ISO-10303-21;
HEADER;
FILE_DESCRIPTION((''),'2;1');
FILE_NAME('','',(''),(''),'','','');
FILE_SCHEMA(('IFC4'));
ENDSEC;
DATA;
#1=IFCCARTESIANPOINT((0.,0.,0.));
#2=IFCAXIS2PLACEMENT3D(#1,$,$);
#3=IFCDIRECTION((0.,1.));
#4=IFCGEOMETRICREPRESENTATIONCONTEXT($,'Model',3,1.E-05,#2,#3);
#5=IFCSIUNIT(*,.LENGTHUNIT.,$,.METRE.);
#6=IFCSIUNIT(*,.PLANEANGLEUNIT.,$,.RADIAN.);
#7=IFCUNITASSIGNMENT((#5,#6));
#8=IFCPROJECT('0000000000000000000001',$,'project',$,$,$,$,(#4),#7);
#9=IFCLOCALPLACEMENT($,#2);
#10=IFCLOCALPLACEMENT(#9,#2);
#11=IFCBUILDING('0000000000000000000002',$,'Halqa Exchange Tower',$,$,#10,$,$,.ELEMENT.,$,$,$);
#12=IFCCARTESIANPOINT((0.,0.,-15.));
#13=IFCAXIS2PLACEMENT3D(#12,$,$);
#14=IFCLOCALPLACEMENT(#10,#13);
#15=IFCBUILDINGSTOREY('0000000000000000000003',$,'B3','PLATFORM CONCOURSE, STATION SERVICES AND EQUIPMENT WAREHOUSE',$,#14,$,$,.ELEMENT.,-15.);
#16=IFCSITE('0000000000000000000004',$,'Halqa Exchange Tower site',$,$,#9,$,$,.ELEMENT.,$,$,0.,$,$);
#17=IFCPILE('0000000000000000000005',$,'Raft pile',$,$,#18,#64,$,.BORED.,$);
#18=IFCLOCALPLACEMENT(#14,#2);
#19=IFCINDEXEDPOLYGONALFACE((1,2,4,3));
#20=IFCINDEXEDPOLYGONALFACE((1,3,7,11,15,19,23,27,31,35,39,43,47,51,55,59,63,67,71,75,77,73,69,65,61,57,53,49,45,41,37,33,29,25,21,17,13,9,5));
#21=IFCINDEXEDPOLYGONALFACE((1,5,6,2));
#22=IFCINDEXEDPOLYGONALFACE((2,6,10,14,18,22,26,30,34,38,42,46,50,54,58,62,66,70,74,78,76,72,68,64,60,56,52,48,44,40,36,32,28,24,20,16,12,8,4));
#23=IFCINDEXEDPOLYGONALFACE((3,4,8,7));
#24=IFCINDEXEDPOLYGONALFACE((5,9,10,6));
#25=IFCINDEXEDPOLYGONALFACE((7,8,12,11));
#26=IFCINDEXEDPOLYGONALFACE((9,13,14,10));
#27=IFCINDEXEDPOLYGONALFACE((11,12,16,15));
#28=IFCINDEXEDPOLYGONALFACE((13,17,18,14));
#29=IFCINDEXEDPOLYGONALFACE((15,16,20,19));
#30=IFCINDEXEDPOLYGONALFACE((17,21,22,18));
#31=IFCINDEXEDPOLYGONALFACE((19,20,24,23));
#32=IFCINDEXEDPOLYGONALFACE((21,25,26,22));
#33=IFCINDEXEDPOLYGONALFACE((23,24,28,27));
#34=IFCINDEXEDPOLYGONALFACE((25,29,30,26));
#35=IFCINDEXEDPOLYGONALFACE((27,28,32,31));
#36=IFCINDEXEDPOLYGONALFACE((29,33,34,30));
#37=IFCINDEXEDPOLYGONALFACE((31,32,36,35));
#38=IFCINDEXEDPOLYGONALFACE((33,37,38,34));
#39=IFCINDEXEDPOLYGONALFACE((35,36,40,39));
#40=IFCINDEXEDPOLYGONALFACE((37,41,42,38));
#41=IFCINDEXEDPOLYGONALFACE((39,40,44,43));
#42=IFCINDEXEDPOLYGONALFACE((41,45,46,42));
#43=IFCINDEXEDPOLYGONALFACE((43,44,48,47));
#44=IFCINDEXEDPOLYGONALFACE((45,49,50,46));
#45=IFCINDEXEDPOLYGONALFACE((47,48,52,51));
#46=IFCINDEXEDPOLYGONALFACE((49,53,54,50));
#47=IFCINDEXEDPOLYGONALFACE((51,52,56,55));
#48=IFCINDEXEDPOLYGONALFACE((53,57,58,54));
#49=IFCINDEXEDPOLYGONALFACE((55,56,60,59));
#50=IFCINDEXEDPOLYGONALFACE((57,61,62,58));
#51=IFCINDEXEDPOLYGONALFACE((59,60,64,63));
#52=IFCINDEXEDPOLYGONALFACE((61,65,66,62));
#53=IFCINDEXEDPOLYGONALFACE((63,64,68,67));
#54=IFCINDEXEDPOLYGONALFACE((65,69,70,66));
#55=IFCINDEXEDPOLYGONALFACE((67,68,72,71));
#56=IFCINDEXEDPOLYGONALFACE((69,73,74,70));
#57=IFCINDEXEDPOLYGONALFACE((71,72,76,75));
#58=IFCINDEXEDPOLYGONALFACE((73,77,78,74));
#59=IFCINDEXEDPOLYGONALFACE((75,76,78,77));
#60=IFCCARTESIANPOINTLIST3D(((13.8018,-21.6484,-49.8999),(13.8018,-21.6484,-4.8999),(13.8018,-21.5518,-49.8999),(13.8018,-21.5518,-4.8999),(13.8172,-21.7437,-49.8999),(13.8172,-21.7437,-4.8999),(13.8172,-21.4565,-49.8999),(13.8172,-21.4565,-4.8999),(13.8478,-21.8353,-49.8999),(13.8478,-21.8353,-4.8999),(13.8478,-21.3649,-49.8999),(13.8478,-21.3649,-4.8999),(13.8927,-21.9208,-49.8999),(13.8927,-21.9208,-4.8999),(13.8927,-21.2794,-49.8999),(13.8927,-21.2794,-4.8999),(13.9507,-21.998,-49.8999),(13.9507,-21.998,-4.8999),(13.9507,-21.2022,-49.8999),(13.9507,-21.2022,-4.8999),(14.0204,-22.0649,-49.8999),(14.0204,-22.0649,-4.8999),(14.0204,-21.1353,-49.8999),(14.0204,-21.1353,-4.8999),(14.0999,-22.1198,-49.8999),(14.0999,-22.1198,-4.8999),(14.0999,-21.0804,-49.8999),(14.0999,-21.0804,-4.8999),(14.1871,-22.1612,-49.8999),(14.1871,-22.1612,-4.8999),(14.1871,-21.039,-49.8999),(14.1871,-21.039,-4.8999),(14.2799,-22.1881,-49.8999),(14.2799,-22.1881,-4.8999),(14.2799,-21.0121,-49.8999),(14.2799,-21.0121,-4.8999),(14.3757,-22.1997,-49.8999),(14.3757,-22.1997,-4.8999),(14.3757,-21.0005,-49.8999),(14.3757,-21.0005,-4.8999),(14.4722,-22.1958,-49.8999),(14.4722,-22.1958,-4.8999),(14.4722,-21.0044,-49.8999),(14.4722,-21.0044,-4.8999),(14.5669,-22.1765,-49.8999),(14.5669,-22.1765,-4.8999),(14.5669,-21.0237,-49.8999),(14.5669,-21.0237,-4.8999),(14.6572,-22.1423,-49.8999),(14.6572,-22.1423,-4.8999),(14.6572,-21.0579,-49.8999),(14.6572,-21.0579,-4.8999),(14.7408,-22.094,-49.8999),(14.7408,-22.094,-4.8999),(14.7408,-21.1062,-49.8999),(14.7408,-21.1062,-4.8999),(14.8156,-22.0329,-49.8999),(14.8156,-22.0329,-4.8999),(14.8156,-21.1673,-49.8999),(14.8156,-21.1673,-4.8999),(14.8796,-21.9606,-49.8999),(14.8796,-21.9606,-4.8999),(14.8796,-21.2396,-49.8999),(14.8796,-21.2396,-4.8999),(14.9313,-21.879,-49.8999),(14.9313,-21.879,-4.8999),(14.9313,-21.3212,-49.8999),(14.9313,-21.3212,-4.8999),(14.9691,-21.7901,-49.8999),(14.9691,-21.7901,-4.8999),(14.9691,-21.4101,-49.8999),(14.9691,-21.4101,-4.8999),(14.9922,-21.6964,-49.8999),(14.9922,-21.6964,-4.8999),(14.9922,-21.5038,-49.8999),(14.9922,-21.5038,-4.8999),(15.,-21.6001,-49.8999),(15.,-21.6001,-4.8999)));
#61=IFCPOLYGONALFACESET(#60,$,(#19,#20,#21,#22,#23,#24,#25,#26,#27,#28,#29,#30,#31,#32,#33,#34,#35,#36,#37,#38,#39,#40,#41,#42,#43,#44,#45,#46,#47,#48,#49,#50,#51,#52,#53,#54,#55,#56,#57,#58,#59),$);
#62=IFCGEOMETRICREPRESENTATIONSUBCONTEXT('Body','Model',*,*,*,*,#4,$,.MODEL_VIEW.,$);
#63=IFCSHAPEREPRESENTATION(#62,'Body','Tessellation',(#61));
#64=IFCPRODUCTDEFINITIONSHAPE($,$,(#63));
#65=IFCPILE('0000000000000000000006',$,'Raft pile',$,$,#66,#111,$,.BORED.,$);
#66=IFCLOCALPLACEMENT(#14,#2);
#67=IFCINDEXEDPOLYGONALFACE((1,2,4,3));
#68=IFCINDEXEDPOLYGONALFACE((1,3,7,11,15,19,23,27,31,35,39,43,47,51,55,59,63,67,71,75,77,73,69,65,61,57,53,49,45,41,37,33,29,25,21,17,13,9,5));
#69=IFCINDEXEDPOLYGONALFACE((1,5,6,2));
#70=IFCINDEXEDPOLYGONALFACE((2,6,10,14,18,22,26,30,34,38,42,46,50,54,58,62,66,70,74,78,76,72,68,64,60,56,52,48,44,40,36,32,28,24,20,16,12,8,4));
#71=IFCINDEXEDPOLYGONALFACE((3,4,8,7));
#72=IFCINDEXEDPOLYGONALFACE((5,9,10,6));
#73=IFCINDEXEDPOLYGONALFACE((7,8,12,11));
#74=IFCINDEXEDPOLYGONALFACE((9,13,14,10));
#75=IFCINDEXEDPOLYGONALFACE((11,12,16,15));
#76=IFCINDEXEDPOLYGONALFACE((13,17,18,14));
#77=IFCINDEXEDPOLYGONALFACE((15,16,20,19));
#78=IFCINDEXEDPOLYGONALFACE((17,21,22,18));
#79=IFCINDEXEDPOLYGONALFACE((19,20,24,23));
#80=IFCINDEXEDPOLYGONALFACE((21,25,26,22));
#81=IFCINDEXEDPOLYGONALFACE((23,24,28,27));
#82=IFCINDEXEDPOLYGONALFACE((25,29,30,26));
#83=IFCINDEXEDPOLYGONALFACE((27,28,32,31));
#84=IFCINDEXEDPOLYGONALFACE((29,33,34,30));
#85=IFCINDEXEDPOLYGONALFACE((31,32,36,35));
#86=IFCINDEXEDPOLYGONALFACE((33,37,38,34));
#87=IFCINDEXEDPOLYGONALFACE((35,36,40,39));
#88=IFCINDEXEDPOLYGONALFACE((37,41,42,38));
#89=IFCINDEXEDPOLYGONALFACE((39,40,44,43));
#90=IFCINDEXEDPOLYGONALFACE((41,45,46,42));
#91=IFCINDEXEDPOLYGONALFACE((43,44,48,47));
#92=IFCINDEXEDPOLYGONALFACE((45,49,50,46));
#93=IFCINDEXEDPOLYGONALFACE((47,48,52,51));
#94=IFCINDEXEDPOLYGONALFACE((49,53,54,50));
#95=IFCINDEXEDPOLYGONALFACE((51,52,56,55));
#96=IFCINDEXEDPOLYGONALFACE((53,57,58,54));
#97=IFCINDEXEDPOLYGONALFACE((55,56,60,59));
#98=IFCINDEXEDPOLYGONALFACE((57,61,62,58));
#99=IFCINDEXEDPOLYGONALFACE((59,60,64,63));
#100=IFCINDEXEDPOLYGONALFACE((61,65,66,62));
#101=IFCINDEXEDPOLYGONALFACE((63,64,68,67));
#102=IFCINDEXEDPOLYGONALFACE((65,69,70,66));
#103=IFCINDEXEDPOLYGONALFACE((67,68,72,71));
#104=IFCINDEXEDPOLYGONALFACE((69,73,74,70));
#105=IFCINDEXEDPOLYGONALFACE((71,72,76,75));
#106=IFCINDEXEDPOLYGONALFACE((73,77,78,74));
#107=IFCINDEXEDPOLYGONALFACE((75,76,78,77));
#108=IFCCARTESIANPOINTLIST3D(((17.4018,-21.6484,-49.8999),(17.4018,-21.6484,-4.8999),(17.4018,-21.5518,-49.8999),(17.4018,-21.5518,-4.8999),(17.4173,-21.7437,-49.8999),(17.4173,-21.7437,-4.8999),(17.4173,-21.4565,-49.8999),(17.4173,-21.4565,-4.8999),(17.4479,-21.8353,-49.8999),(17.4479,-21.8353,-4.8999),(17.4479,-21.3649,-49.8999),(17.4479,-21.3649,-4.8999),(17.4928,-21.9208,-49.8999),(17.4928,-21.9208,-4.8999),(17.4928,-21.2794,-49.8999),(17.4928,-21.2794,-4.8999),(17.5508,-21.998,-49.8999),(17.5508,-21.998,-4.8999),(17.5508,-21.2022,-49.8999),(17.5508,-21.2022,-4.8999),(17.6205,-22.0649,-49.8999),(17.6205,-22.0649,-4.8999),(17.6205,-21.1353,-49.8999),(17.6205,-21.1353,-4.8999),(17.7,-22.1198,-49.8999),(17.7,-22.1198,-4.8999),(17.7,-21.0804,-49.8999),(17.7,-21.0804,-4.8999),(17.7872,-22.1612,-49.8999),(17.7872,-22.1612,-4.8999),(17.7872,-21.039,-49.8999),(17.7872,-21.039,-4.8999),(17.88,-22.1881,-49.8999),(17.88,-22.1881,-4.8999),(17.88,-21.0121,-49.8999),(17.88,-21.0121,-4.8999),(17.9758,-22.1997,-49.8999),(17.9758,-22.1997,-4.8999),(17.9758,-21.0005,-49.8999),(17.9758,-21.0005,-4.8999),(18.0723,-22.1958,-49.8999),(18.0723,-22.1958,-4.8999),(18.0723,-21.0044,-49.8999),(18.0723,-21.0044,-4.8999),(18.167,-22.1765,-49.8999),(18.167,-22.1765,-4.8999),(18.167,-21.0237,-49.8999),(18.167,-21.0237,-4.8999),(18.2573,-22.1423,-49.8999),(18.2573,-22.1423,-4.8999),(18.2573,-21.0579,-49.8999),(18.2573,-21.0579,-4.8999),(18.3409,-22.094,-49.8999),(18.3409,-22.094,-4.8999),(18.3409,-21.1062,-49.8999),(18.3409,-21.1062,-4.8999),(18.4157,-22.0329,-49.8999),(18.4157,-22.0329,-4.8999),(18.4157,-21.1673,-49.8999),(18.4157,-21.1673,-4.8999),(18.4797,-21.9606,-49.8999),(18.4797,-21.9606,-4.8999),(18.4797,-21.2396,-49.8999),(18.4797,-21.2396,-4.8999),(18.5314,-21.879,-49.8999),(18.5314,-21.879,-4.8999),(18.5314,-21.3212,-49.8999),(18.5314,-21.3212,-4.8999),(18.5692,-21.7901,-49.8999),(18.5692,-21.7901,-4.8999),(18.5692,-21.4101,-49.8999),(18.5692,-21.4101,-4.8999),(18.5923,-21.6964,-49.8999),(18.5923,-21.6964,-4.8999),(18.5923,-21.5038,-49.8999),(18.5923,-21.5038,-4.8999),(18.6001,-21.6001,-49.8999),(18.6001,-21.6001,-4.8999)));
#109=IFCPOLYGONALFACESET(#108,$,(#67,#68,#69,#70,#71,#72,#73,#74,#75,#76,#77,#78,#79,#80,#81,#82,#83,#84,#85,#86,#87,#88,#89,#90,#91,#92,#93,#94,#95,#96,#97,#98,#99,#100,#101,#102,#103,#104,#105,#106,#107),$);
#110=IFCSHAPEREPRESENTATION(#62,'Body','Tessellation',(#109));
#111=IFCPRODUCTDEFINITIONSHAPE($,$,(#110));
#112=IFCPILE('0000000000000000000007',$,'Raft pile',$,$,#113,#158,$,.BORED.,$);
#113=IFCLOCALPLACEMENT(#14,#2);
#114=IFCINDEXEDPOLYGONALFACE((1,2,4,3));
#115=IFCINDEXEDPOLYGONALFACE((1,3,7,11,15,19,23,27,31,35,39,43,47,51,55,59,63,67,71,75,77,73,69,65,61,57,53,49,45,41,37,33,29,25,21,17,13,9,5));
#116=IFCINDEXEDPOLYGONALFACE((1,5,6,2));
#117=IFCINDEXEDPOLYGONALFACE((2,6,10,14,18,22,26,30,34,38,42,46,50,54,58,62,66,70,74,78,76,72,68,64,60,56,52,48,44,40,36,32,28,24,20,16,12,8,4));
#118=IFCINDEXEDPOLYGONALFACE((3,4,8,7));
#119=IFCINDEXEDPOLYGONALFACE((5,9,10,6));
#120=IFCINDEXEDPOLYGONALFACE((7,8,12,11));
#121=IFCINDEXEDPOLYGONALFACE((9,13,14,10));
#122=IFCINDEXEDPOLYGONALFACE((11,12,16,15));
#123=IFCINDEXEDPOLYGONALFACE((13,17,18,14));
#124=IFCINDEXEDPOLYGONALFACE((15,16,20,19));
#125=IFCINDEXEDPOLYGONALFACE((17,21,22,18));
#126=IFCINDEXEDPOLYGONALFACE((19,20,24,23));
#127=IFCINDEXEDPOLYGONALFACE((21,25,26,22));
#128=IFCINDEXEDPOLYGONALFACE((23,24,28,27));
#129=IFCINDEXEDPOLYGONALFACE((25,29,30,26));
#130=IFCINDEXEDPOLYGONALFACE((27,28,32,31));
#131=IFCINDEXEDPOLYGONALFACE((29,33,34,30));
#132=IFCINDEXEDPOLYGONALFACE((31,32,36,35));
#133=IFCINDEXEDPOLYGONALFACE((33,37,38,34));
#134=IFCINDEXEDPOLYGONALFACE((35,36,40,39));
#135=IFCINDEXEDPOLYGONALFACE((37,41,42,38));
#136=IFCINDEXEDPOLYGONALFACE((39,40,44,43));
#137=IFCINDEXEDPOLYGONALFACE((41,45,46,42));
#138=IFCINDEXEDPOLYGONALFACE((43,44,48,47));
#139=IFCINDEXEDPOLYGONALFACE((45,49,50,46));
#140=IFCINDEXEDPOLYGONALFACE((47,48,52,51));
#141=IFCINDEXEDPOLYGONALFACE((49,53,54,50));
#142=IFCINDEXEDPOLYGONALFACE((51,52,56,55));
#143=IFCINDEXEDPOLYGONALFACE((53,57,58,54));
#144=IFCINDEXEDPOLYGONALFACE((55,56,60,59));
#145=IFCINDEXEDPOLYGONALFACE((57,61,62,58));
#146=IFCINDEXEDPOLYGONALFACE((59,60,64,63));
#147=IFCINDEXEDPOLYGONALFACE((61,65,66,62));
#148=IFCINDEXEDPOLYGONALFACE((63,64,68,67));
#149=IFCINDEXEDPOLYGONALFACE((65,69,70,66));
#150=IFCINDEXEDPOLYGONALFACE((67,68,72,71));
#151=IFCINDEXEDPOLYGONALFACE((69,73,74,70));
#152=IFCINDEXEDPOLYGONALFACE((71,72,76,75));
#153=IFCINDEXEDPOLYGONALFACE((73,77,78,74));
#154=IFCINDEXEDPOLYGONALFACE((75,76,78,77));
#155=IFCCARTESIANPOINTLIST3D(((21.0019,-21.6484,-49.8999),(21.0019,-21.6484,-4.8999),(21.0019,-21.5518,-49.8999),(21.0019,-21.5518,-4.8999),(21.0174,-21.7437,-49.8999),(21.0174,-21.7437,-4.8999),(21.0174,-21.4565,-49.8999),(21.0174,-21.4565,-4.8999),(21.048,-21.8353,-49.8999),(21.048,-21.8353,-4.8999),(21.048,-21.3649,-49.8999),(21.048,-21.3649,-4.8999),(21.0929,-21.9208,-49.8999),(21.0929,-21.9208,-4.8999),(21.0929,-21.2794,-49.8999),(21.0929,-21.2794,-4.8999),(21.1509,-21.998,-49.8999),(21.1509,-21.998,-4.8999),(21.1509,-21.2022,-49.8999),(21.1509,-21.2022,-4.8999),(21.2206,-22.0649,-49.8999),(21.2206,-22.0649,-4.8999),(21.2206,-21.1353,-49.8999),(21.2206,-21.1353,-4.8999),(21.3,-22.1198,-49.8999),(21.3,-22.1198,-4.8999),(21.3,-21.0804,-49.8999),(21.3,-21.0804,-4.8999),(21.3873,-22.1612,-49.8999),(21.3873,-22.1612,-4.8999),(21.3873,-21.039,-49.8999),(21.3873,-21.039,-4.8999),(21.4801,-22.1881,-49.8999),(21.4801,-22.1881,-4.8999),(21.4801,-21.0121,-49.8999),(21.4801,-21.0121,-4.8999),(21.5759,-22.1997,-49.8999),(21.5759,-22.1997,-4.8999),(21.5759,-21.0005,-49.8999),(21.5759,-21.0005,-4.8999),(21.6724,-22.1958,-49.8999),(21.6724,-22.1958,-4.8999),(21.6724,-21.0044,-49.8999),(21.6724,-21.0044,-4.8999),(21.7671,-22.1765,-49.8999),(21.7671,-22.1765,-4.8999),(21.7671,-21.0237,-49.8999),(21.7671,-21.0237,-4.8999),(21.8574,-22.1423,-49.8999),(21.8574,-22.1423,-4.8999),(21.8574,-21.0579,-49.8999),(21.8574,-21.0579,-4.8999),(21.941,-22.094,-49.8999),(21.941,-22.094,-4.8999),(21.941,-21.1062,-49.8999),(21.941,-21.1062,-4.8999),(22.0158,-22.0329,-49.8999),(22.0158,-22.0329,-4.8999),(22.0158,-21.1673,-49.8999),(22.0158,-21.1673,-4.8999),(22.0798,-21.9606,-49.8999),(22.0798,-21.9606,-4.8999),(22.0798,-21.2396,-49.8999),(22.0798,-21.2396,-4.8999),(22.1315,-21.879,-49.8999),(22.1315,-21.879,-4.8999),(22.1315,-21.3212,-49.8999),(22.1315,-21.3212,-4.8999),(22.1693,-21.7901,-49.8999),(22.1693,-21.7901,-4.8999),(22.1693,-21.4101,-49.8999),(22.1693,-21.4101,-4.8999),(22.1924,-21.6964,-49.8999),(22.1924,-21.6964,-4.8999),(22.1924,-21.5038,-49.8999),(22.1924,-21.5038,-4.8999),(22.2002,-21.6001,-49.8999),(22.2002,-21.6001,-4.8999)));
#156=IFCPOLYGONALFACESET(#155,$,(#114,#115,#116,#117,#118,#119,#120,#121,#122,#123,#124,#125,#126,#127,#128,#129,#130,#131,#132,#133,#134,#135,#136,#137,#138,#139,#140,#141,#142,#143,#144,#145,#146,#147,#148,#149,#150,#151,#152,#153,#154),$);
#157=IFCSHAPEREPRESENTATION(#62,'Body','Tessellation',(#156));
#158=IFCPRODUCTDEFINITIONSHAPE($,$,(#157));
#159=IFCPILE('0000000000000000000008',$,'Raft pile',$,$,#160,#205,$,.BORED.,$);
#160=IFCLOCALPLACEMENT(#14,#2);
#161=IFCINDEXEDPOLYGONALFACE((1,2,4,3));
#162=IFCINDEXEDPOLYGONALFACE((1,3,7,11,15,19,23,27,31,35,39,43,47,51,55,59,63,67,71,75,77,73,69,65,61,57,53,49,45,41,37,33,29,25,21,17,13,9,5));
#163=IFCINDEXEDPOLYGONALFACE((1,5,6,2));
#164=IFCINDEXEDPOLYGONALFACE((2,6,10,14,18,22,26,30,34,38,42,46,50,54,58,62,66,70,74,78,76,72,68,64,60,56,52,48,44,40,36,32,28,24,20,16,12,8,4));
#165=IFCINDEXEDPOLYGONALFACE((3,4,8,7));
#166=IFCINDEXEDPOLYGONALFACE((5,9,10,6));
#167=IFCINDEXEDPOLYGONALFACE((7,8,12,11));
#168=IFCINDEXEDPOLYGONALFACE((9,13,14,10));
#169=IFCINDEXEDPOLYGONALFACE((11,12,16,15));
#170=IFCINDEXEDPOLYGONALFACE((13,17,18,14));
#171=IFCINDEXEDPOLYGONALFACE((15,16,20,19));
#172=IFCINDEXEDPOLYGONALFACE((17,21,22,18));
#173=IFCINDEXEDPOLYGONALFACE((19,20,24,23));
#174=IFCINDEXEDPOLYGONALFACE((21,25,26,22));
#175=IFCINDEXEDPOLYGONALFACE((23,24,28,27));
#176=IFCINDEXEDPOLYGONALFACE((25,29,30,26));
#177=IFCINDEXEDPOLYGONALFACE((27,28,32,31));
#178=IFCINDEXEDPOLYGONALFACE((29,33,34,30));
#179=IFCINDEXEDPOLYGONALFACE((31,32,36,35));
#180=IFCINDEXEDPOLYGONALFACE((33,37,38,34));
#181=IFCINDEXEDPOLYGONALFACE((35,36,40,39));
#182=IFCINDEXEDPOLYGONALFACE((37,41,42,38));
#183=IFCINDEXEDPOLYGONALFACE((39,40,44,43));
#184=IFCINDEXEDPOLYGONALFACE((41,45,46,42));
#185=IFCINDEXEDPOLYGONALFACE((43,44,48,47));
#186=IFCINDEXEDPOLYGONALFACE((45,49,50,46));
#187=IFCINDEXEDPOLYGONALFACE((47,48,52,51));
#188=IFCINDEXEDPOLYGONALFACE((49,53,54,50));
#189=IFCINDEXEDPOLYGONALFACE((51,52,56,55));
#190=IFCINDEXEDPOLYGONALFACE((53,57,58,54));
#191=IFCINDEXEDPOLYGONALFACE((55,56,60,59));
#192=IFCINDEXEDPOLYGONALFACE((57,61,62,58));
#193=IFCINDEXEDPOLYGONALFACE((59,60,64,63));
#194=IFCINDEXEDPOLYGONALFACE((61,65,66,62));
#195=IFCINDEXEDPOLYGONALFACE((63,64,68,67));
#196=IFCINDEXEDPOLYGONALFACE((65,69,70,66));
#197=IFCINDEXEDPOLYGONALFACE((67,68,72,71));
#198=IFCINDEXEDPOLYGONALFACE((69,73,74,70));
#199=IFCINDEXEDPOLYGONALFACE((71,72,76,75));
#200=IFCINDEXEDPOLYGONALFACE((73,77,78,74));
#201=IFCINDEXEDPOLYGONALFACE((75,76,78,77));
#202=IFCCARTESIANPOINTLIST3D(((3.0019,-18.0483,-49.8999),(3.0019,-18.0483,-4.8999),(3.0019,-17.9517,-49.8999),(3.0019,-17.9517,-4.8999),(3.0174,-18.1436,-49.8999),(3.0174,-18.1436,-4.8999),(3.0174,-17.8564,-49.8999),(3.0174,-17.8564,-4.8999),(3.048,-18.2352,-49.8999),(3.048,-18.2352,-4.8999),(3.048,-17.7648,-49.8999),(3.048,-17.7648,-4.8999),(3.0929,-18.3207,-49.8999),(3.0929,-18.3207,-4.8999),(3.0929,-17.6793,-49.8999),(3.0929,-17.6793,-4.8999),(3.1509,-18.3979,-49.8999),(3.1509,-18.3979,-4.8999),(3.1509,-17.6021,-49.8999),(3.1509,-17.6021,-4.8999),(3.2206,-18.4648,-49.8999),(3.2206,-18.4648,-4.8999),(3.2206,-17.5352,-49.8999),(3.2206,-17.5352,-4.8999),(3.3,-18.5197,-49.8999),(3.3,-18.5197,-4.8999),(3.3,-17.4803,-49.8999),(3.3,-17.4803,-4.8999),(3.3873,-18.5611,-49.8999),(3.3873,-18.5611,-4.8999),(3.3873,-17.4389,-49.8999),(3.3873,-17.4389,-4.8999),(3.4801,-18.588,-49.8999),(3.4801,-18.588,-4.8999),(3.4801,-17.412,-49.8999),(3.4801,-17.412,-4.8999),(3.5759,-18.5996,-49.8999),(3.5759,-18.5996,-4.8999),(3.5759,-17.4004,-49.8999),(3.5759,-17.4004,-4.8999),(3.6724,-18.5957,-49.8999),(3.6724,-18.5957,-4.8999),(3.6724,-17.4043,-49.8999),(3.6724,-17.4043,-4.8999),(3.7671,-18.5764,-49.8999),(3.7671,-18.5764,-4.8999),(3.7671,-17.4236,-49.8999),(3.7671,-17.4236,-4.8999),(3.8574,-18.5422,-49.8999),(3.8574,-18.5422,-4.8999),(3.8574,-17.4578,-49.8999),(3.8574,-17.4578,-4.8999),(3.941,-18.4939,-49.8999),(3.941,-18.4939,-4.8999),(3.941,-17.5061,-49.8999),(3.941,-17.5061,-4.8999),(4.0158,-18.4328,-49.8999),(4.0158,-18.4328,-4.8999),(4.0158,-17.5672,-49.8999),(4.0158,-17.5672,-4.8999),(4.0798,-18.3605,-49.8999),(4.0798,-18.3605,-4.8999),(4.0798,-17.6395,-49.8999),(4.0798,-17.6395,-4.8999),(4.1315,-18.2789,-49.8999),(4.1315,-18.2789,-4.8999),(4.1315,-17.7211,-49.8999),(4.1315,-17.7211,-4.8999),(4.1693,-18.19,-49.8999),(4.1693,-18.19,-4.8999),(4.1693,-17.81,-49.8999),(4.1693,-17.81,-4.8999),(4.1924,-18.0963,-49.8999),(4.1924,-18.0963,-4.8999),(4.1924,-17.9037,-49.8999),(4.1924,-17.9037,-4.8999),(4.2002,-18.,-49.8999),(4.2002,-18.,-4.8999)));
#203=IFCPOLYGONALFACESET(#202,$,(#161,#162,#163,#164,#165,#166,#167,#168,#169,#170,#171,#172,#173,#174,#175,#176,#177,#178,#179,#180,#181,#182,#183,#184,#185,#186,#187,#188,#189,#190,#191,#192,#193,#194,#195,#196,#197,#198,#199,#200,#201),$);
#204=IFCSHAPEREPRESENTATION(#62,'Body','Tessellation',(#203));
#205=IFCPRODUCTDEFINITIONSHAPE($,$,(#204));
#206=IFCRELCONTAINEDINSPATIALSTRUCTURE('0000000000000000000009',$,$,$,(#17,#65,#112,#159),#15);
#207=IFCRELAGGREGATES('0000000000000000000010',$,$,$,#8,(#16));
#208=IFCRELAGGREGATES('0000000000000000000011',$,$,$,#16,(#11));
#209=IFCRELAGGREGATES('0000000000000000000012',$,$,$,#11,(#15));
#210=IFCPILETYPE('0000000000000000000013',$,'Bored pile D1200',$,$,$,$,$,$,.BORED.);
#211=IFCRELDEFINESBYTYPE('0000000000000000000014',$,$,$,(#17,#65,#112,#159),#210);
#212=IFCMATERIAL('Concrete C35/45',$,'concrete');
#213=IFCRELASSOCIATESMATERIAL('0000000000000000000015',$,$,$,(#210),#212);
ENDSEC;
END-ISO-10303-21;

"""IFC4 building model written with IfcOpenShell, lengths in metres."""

from ifc_helpers import new_model, si_unit, direction, frame, origin, origin_2d, place, context, subcontext, project, spatial, circle, extrude, material, material_profile, profile_set, type_object, element, save


model = new_model("IFC4")

# Units and contexts
model_context = context("Model", 3, precision=1e-05, world=origin(), true_north=direction((0.0, 1.0)))
body_context = subcontext(model_context, "Body", "Model", "MODEL_VIEW")
ifc_project = project(units=[si_unit("LENGTHUNIT", "METRE"), si_unit("PLANEANGLEUNIT", "RADIAN")], contexts=[model_context])

# Site, building, storey
site_placement = place(None, origin())
site = spatial("IfcSite", under=ifc_project, at=site_placement, Name="Halqa Exchange Tower site", CompositionType="ELEMENT", RefElevation=0.0)
building_placement = place(site_placement, origin())
building = spatial("IfcBuilding", under=site, at=building_placement, Name="Halqa Exchange Tower", CompositionType="ELEMENT")
storey_placement = place(building_placement, frame((0.0, 0.0, -15.0)))
storey = spatial("IfcBuildingStorey", under=building, at=storey_placement, Name="B3", Description="PLATFORM CONCOURSE, STATION SERVICES AND EQUIPMENT WAREHOUSE", CompositionType="ELEMENT", Elevation=-15.0)

# Piles
ifc_material_1 = material(Name="Concrete C35/45", Category="concrete")
ifc_material_profile_1 = material_profile(ifc_material_1, circle(Radius=0.6001, at=origin_2d()), Name="D1200")
ifc_profile_set_1 = profile_set([ifc_material_profile_1], Name="Concrete C35/45")
pile_type_1 = type_object("IfcPileType", Name="Bored pile D1200", PredefinedType="BORED", material=ifc_profile_set_1)
for number, where, z_axis, x_axis, name in (
    (1, (14.3999, -21.6001, -4.8999), (0.0, 0.0, -1.0), (1.0, 0.0, 0.0), "Raft pile"),
    (2, (18.0, -21.6001, -4.8999), (0.0, 0.0, -1.0), (1.0, 0.0, 0.0), "Raft pile"),
    (3, (21.6001, -21.6001, -4.8999), (0.0, 0.0, -1.0), (1.0, 0.0, 0.0), "Raft pile"),
    (4, (3.6001, -18.0, -4.8999), (0.0, 0.0, -1.0), (1.0, 0.0, 0.0), "Raft pile"),
):
    element("IfcPile", number, at=place(storey_placement, frame(where, z_axis=z_axis, x_axis=x_axis)), inside=storey, type_object=pile_type_1, Name=name, PredefinedType="BORED", context=body_context, shape_type="SweptSolid", body=[
        extrude(circle(Radius=0.6001, at=origin_2d()), origin(), (0.0, 0.0, 1.0), 45.0),
    ])

save(model, "model.ifc")
